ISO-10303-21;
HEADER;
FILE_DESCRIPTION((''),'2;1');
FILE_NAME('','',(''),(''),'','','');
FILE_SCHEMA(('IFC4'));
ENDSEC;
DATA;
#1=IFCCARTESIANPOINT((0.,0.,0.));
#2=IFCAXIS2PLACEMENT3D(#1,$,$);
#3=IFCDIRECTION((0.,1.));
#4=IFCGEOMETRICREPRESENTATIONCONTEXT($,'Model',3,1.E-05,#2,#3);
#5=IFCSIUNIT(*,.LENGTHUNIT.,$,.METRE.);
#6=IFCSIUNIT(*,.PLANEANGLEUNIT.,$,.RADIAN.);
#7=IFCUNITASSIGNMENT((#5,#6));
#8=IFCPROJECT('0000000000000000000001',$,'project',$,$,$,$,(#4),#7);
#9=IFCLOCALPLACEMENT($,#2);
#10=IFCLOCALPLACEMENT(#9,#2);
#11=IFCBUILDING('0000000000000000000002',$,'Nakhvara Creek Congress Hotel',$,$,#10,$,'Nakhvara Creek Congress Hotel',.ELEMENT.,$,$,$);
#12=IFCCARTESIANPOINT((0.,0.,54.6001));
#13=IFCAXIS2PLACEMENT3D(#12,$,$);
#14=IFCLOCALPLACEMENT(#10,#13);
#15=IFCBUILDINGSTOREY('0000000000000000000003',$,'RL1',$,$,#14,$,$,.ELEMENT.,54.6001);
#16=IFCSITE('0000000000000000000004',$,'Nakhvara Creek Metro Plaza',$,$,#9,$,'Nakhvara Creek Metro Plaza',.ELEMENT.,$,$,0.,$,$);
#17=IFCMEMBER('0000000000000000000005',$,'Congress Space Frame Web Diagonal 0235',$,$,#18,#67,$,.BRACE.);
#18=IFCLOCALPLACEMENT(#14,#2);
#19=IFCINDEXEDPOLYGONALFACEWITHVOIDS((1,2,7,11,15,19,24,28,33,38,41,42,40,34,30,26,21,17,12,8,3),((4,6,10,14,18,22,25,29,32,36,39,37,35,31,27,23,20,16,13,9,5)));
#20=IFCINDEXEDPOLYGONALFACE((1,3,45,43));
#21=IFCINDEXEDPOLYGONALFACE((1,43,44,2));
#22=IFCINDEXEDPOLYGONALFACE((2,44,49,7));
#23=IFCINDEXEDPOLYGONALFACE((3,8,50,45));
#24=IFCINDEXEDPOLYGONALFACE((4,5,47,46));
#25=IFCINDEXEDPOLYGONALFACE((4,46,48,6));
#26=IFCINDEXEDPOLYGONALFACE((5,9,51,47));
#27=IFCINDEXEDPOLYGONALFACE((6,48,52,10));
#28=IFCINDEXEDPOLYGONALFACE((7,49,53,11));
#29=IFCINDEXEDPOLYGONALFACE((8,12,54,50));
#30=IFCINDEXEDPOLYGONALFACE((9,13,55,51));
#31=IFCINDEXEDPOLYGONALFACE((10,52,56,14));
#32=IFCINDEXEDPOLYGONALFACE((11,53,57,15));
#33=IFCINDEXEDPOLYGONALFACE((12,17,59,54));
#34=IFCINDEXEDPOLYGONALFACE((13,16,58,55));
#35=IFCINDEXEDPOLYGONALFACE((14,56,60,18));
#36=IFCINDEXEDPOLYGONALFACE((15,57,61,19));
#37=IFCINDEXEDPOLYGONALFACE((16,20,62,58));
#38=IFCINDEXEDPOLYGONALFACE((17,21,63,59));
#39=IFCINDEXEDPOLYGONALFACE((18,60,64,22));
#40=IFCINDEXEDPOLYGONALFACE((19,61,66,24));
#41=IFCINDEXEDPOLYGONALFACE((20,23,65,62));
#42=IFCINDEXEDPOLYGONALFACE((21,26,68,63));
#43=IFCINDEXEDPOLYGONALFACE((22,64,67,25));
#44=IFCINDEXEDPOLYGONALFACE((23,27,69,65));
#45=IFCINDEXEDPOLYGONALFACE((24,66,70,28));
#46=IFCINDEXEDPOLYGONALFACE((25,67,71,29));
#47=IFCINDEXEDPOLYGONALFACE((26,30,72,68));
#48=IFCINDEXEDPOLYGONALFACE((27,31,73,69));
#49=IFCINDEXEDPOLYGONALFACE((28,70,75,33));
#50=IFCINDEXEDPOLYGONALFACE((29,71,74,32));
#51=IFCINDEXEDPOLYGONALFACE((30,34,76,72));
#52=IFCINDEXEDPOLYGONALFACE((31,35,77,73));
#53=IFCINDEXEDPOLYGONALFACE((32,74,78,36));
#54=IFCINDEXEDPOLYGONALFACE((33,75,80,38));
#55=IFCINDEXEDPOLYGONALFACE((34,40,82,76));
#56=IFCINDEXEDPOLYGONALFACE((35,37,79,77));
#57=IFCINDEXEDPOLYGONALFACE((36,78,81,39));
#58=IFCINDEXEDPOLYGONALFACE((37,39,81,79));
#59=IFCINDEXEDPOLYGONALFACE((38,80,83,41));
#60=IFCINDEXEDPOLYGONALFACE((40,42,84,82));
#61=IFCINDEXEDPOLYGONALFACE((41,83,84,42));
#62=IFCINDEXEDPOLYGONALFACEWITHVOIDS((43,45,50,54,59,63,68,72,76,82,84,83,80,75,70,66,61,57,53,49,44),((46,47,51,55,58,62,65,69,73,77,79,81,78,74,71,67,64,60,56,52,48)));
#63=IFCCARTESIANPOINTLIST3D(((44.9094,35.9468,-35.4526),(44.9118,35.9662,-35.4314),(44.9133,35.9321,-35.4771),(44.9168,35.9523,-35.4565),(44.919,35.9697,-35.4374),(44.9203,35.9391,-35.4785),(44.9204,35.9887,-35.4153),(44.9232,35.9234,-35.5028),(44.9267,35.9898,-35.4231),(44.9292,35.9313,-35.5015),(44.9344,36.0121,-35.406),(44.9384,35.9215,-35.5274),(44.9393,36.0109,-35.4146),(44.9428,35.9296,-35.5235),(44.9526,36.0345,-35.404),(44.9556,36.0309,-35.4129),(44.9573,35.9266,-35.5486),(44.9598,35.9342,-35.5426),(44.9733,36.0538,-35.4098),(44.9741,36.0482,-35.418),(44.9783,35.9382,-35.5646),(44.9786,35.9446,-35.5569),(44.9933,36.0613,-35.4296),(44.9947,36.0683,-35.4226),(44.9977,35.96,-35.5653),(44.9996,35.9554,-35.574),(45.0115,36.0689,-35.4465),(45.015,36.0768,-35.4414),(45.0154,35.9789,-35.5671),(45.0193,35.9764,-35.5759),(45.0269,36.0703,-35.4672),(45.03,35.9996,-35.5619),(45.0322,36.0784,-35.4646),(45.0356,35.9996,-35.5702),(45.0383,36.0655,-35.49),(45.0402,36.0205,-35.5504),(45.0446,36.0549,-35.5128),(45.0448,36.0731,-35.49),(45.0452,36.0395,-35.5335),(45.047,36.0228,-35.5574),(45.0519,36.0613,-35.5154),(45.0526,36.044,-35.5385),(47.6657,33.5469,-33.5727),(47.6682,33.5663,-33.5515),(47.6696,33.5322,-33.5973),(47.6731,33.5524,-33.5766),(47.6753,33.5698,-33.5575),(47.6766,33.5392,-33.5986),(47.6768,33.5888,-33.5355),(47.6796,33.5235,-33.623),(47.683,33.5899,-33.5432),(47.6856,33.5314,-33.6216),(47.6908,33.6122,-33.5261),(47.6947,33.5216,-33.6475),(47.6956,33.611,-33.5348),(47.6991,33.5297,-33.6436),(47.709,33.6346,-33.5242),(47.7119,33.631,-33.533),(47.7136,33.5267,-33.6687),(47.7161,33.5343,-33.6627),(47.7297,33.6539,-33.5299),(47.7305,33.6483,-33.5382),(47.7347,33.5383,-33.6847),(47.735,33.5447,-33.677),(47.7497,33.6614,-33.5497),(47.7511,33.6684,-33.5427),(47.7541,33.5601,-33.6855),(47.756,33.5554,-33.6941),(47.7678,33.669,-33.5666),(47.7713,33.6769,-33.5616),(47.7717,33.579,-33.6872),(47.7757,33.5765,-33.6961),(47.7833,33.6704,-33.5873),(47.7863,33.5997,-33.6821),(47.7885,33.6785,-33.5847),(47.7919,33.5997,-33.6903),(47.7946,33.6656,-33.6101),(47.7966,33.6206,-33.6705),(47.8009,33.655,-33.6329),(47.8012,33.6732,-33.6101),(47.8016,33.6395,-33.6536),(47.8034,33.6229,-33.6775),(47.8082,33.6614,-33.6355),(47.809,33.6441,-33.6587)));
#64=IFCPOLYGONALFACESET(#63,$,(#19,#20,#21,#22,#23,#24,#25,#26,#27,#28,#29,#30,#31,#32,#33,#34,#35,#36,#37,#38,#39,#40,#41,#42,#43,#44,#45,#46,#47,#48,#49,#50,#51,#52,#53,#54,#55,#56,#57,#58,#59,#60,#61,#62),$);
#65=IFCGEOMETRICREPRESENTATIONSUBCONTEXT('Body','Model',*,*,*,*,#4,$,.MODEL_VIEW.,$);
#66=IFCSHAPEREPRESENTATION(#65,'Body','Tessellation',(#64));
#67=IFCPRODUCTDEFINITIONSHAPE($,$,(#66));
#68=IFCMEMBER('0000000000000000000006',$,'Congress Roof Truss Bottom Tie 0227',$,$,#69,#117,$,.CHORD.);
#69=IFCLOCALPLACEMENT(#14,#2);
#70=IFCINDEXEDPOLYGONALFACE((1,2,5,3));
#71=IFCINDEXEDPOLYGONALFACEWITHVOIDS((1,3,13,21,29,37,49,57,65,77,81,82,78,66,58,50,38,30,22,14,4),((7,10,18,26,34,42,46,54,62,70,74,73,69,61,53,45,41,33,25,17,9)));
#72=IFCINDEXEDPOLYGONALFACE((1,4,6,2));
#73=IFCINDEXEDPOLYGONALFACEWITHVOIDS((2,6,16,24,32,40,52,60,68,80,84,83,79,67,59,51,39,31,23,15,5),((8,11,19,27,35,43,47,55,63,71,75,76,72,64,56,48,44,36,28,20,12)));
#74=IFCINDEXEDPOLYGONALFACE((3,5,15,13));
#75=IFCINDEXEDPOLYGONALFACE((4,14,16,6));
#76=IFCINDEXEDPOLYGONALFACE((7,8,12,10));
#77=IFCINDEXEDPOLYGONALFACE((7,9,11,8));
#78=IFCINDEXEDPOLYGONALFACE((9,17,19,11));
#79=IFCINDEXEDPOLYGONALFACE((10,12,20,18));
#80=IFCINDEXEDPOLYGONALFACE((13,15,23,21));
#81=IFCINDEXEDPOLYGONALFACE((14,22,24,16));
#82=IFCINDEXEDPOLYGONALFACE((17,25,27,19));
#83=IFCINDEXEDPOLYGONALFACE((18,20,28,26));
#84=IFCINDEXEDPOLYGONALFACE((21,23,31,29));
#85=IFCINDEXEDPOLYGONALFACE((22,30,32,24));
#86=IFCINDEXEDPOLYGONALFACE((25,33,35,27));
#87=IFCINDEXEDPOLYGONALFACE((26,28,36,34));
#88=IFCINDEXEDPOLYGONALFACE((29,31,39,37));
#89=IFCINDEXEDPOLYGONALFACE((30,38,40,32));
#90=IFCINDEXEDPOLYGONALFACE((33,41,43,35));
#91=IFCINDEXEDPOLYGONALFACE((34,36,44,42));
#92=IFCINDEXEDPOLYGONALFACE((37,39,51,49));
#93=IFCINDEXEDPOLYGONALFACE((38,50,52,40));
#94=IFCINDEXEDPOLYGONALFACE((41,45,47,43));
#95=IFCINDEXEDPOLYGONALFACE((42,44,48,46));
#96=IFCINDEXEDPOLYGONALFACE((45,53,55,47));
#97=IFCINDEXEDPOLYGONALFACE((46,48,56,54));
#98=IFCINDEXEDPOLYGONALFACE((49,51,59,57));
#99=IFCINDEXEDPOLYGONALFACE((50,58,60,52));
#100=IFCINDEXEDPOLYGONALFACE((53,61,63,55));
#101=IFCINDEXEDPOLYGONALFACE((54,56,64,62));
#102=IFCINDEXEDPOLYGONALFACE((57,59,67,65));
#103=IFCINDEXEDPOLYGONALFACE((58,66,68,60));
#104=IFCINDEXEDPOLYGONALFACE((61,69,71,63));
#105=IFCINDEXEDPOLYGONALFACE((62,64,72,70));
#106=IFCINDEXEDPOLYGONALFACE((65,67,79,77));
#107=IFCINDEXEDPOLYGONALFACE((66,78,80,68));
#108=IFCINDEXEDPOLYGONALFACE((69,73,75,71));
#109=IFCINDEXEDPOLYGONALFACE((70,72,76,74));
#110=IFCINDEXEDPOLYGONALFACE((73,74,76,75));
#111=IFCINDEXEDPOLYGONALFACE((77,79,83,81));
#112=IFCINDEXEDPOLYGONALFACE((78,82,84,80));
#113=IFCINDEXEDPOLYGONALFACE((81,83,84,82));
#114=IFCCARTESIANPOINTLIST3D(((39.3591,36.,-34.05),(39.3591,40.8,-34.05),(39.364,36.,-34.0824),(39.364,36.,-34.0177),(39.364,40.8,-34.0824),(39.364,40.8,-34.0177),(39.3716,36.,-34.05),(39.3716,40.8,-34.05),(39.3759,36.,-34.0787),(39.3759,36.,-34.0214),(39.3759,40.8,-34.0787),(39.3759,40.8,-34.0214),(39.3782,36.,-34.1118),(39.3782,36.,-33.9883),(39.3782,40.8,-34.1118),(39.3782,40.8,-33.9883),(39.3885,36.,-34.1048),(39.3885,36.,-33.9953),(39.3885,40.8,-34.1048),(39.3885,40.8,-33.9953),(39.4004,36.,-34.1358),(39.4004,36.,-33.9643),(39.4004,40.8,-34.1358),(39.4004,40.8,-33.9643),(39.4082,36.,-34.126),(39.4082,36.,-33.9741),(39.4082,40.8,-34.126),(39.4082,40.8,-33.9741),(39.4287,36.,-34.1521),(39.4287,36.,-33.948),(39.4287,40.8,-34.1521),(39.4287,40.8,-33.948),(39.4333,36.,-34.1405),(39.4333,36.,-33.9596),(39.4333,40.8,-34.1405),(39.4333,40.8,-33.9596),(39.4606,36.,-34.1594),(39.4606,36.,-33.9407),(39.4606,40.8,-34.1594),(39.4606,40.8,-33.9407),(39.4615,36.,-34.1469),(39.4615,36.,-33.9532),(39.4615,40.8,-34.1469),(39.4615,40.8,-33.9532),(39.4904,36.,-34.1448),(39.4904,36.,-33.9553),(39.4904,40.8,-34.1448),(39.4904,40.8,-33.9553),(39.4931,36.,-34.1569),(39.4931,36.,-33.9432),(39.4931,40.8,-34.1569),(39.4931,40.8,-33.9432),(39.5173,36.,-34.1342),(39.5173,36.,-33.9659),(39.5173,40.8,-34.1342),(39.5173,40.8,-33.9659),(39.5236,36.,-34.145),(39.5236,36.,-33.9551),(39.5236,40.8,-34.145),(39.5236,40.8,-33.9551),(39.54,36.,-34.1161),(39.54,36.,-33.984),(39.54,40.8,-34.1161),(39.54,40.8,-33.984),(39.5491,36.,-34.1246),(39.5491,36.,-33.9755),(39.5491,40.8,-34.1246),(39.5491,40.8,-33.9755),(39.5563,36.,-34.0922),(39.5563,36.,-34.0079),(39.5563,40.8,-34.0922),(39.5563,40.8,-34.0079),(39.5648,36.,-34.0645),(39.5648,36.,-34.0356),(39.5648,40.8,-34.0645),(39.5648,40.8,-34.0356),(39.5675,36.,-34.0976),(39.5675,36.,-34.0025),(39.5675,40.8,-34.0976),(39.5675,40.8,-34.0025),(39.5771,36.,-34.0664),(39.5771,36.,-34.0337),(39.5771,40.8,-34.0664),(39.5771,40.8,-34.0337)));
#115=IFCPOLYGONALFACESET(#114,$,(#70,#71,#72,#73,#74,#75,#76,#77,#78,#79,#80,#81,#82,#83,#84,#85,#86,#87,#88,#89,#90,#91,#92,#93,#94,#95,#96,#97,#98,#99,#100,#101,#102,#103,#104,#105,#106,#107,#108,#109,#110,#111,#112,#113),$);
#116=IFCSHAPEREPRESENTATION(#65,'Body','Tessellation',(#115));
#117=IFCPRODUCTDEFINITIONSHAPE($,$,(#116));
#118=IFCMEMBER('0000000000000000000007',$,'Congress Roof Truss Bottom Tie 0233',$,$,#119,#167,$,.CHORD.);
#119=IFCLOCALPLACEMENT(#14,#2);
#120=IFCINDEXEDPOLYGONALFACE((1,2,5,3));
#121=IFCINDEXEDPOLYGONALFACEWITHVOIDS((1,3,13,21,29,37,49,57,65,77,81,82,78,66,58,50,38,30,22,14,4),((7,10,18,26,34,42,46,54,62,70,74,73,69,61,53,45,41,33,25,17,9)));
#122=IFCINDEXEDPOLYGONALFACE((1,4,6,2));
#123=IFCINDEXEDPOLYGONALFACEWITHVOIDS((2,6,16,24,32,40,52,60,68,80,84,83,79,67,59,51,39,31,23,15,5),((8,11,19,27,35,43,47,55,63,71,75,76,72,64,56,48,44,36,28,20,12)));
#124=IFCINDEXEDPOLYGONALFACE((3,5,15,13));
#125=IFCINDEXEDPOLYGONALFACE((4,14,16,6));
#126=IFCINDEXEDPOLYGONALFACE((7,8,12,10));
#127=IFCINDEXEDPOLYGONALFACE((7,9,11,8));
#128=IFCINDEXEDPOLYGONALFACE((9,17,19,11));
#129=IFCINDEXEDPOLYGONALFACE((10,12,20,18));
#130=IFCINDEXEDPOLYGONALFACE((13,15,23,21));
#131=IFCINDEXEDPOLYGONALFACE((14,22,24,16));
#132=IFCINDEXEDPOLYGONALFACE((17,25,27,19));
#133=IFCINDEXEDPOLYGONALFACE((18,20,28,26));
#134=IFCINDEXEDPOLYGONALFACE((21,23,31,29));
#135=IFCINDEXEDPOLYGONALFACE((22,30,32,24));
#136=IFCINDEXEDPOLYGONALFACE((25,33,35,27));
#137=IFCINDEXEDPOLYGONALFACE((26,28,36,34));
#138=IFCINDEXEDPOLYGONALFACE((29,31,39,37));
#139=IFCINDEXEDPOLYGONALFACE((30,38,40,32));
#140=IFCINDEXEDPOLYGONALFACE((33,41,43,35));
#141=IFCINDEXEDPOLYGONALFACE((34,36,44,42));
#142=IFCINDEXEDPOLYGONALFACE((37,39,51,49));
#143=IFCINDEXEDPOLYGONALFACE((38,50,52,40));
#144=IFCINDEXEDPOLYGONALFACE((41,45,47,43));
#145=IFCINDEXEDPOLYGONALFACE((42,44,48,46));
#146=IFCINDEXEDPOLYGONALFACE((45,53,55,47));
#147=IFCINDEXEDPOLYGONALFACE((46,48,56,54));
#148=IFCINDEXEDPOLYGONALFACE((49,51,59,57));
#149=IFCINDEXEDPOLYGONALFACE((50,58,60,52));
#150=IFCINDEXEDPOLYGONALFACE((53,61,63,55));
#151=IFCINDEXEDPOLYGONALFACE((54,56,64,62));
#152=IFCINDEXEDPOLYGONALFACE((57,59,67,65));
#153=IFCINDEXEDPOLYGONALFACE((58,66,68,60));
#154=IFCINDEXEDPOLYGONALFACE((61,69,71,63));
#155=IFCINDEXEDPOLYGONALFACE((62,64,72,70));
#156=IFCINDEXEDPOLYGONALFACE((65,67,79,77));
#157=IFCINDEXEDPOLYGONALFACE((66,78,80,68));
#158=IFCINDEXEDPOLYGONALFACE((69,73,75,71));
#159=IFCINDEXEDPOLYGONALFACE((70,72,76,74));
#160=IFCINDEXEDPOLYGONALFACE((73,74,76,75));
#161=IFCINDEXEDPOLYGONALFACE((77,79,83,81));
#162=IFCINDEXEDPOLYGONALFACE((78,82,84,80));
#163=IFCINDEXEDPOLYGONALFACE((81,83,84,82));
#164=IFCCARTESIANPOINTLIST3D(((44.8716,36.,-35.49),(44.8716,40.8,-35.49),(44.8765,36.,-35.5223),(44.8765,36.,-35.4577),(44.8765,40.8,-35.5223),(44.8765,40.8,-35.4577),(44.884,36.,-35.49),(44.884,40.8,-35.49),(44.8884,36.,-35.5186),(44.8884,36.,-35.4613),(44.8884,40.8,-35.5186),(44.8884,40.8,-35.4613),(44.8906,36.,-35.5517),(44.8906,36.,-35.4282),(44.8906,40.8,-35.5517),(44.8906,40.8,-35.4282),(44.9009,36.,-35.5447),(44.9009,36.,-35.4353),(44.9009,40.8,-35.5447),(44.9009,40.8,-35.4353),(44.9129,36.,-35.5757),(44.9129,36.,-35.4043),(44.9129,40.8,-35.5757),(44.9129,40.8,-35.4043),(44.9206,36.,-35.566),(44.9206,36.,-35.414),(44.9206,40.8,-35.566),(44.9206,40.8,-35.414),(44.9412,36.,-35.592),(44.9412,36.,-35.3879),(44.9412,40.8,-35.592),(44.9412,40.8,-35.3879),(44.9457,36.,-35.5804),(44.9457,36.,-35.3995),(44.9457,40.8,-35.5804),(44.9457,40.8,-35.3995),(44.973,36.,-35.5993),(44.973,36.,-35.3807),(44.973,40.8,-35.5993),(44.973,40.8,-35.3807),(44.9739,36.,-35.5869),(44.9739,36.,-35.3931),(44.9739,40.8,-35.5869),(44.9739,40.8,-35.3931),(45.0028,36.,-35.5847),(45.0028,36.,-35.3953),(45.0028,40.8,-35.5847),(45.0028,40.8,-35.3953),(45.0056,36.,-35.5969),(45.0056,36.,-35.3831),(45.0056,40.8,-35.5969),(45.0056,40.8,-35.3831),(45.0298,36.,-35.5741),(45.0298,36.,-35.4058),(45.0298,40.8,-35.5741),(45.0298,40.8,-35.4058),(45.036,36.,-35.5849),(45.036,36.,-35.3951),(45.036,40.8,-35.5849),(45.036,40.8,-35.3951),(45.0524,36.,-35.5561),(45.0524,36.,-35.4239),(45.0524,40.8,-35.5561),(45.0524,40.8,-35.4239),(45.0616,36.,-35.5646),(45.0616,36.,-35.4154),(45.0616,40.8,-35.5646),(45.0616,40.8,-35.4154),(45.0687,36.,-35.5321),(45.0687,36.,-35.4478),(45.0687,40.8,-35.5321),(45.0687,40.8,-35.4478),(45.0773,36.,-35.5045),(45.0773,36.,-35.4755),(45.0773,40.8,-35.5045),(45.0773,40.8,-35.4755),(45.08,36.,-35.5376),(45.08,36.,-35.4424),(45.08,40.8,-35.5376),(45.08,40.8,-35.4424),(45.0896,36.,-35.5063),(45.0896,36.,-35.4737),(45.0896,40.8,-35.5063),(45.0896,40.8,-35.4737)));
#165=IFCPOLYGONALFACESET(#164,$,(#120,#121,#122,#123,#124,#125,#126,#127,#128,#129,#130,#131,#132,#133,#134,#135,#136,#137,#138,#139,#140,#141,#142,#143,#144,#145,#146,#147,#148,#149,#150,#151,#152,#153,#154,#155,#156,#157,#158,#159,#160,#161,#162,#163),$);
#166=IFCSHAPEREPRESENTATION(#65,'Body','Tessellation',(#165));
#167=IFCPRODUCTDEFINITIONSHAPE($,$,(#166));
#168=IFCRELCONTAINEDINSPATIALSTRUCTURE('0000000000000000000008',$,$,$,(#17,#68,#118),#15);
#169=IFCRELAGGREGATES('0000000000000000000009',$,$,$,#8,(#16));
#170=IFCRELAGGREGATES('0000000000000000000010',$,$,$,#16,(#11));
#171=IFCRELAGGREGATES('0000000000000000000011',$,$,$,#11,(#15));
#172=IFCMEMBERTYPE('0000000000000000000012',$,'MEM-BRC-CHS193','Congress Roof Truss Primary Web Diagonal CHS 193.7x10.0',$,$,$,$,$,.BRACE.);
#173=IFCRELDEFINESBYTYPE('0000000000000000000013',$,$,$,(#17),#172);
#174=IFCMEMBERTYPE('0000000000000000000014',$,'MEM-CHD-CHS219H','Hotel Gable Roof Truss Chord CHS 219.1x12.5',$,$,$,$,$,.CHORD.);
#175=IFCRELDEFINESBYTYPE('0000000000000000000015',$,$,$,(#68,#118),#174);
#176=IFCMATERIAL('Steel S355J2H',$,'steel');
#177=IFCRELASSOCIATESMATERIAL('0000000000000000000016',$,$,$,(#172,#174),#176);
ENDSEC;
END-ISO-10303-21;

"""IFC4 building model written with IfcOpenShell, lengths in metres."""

from ifc_helpers import new_model, si_unit, direction, frame, origin, origin_2d, place, context, subcontext, project, spatial, hollow_circle, extrude, material, material_profile, profile_set, type_object, element, save


model = new_model("IFC4")

# Units and contexts
model_context = context("Model", 3, precision=1e-05, world=origin(), true_north=direction((0.0, 1.0)))
body_context = subcontext(model_context, "Body", "Model", "MODEL_VIEW")
ifc_project = project(units=[si_unit("LENGTHUNIT", "METRE"), si_unit("PLANEANGLEUNIT", "RADIAN")], contexts=[model_context])

# Site, building, storey
site_placement = place(None, origin())
site = spatial("IfcSite", under=ifc_project, at=site_placement, Name="Nakhvara Creek Metro Plaza", LongName="Nakhvara Creek Metro Plaza", CompositionType="ELEMENT", RefElevation=0.0)
building_placement = place(site_placement, origin())
building = spatial("IfcBuilding", under=site, at=building_placement, Name="Nakhvara Creek Congress Hotel", LongName="Nakhvara Creek Congress Hotel", CompositionType="ELEMENT")
storey_placement = place(building_placement, frame((0.0, 0.0, 54.6001)))
storey = spatial("IfcBuildingStorey", under=building, at=storey_placement, Name="RL1", CompositionType="ELEMENT", Elevation=54.6001)

# Members
ifc_material_1 = material(Name="Steel S355J2H", Category="steel")
ifc_material_profile_1 = material_profile(ifc_material_1, hollow_circle(Radius=0.0969, WallThickness=0.01, at=origin_2d()), Name="CHS 193.7x10.0", Category="LoadBearing")
ifc_profile_set_1 = profile_set([ifc_material_profile_1], Name="Steel S355J2H")
member_type_1 = type_object("IfcMemberType", Name="MEM-BRC-CHS193", Description="Congress Roof Truss Primary Web Diagonal CHS 193.7x10.0", PredefinedType="BRACE", material=ifc_profile_set_1)
member_1_placement = place(storey_placement, frame((44.9812, 36.0, -35.49), z_axis=(0.670667, -0.583938, 0.457408), x_axis=(0.656658, 0.754188, 0.0)))
element("IfcMember", 1, at=member_1_placement, inside=storey, type_object=member_type_1, Name="Congress Space Frame Web Diagonal 0235", PredefinedType="BRACE", context=body_context, shape_type="SweptSolid", body=[
    extrude(hollow_circle(Radius=0.0969, WallThickness=0.01, at=origin_2d()), origin(), (0.0, 0.0, 1.0), 4.1099),
])
ifc_material_profile_2 = material_profile(ifc_material_1, hollow_circle(Radius=0.1096, WallThickness=0.0125, at=origin_2d()), Name="CHS 219.1x12.5", Category="LoadBearing")
ifc_profile_set_2 = profile_set([ifc_material_profile_2], Name="Steel S355J2H")
member_type_2 = type_object("IfcMemberType", Name="MEM-CHD-CHS219H", Description="Hotel Gable Roof Truss Chord CHS 219.1x12.5", PredefinedType="CHORD", material=ifc_profile_set_2)
for number, where, z_axis, x_axis, name in (
    (2, (39.4688, 36.0, -34.05), (0.0, 1.0, 0.0), (-1.0, 0.0, 0.0), "Congress Roof Truss Bottom Tie 0227"),
    (3, (44.9812, 36.0, -35.49), (0.0, 1.0, 0.0), (-1.0, 0.0, 0.0), "Congress Roof Truss Bottom Tie 0233"),
):
    element("IfcMember", number, at=place(storey_placement, frame(where, z_axis=z_axis, x_axis=x_axis)), inside=storey, type_object=member_type_2, Name=name, PredefinedType="CHORD", context=body_context, shape_type="SweptSolid", body=[
        extrude(hollow_circle(Radius=0.1096, WallThickness=0.0125, at=origin_2d()), origin(), (0.0, 0.0, 1.0), 4.8),
    ])

save(model, "model.ifc")
